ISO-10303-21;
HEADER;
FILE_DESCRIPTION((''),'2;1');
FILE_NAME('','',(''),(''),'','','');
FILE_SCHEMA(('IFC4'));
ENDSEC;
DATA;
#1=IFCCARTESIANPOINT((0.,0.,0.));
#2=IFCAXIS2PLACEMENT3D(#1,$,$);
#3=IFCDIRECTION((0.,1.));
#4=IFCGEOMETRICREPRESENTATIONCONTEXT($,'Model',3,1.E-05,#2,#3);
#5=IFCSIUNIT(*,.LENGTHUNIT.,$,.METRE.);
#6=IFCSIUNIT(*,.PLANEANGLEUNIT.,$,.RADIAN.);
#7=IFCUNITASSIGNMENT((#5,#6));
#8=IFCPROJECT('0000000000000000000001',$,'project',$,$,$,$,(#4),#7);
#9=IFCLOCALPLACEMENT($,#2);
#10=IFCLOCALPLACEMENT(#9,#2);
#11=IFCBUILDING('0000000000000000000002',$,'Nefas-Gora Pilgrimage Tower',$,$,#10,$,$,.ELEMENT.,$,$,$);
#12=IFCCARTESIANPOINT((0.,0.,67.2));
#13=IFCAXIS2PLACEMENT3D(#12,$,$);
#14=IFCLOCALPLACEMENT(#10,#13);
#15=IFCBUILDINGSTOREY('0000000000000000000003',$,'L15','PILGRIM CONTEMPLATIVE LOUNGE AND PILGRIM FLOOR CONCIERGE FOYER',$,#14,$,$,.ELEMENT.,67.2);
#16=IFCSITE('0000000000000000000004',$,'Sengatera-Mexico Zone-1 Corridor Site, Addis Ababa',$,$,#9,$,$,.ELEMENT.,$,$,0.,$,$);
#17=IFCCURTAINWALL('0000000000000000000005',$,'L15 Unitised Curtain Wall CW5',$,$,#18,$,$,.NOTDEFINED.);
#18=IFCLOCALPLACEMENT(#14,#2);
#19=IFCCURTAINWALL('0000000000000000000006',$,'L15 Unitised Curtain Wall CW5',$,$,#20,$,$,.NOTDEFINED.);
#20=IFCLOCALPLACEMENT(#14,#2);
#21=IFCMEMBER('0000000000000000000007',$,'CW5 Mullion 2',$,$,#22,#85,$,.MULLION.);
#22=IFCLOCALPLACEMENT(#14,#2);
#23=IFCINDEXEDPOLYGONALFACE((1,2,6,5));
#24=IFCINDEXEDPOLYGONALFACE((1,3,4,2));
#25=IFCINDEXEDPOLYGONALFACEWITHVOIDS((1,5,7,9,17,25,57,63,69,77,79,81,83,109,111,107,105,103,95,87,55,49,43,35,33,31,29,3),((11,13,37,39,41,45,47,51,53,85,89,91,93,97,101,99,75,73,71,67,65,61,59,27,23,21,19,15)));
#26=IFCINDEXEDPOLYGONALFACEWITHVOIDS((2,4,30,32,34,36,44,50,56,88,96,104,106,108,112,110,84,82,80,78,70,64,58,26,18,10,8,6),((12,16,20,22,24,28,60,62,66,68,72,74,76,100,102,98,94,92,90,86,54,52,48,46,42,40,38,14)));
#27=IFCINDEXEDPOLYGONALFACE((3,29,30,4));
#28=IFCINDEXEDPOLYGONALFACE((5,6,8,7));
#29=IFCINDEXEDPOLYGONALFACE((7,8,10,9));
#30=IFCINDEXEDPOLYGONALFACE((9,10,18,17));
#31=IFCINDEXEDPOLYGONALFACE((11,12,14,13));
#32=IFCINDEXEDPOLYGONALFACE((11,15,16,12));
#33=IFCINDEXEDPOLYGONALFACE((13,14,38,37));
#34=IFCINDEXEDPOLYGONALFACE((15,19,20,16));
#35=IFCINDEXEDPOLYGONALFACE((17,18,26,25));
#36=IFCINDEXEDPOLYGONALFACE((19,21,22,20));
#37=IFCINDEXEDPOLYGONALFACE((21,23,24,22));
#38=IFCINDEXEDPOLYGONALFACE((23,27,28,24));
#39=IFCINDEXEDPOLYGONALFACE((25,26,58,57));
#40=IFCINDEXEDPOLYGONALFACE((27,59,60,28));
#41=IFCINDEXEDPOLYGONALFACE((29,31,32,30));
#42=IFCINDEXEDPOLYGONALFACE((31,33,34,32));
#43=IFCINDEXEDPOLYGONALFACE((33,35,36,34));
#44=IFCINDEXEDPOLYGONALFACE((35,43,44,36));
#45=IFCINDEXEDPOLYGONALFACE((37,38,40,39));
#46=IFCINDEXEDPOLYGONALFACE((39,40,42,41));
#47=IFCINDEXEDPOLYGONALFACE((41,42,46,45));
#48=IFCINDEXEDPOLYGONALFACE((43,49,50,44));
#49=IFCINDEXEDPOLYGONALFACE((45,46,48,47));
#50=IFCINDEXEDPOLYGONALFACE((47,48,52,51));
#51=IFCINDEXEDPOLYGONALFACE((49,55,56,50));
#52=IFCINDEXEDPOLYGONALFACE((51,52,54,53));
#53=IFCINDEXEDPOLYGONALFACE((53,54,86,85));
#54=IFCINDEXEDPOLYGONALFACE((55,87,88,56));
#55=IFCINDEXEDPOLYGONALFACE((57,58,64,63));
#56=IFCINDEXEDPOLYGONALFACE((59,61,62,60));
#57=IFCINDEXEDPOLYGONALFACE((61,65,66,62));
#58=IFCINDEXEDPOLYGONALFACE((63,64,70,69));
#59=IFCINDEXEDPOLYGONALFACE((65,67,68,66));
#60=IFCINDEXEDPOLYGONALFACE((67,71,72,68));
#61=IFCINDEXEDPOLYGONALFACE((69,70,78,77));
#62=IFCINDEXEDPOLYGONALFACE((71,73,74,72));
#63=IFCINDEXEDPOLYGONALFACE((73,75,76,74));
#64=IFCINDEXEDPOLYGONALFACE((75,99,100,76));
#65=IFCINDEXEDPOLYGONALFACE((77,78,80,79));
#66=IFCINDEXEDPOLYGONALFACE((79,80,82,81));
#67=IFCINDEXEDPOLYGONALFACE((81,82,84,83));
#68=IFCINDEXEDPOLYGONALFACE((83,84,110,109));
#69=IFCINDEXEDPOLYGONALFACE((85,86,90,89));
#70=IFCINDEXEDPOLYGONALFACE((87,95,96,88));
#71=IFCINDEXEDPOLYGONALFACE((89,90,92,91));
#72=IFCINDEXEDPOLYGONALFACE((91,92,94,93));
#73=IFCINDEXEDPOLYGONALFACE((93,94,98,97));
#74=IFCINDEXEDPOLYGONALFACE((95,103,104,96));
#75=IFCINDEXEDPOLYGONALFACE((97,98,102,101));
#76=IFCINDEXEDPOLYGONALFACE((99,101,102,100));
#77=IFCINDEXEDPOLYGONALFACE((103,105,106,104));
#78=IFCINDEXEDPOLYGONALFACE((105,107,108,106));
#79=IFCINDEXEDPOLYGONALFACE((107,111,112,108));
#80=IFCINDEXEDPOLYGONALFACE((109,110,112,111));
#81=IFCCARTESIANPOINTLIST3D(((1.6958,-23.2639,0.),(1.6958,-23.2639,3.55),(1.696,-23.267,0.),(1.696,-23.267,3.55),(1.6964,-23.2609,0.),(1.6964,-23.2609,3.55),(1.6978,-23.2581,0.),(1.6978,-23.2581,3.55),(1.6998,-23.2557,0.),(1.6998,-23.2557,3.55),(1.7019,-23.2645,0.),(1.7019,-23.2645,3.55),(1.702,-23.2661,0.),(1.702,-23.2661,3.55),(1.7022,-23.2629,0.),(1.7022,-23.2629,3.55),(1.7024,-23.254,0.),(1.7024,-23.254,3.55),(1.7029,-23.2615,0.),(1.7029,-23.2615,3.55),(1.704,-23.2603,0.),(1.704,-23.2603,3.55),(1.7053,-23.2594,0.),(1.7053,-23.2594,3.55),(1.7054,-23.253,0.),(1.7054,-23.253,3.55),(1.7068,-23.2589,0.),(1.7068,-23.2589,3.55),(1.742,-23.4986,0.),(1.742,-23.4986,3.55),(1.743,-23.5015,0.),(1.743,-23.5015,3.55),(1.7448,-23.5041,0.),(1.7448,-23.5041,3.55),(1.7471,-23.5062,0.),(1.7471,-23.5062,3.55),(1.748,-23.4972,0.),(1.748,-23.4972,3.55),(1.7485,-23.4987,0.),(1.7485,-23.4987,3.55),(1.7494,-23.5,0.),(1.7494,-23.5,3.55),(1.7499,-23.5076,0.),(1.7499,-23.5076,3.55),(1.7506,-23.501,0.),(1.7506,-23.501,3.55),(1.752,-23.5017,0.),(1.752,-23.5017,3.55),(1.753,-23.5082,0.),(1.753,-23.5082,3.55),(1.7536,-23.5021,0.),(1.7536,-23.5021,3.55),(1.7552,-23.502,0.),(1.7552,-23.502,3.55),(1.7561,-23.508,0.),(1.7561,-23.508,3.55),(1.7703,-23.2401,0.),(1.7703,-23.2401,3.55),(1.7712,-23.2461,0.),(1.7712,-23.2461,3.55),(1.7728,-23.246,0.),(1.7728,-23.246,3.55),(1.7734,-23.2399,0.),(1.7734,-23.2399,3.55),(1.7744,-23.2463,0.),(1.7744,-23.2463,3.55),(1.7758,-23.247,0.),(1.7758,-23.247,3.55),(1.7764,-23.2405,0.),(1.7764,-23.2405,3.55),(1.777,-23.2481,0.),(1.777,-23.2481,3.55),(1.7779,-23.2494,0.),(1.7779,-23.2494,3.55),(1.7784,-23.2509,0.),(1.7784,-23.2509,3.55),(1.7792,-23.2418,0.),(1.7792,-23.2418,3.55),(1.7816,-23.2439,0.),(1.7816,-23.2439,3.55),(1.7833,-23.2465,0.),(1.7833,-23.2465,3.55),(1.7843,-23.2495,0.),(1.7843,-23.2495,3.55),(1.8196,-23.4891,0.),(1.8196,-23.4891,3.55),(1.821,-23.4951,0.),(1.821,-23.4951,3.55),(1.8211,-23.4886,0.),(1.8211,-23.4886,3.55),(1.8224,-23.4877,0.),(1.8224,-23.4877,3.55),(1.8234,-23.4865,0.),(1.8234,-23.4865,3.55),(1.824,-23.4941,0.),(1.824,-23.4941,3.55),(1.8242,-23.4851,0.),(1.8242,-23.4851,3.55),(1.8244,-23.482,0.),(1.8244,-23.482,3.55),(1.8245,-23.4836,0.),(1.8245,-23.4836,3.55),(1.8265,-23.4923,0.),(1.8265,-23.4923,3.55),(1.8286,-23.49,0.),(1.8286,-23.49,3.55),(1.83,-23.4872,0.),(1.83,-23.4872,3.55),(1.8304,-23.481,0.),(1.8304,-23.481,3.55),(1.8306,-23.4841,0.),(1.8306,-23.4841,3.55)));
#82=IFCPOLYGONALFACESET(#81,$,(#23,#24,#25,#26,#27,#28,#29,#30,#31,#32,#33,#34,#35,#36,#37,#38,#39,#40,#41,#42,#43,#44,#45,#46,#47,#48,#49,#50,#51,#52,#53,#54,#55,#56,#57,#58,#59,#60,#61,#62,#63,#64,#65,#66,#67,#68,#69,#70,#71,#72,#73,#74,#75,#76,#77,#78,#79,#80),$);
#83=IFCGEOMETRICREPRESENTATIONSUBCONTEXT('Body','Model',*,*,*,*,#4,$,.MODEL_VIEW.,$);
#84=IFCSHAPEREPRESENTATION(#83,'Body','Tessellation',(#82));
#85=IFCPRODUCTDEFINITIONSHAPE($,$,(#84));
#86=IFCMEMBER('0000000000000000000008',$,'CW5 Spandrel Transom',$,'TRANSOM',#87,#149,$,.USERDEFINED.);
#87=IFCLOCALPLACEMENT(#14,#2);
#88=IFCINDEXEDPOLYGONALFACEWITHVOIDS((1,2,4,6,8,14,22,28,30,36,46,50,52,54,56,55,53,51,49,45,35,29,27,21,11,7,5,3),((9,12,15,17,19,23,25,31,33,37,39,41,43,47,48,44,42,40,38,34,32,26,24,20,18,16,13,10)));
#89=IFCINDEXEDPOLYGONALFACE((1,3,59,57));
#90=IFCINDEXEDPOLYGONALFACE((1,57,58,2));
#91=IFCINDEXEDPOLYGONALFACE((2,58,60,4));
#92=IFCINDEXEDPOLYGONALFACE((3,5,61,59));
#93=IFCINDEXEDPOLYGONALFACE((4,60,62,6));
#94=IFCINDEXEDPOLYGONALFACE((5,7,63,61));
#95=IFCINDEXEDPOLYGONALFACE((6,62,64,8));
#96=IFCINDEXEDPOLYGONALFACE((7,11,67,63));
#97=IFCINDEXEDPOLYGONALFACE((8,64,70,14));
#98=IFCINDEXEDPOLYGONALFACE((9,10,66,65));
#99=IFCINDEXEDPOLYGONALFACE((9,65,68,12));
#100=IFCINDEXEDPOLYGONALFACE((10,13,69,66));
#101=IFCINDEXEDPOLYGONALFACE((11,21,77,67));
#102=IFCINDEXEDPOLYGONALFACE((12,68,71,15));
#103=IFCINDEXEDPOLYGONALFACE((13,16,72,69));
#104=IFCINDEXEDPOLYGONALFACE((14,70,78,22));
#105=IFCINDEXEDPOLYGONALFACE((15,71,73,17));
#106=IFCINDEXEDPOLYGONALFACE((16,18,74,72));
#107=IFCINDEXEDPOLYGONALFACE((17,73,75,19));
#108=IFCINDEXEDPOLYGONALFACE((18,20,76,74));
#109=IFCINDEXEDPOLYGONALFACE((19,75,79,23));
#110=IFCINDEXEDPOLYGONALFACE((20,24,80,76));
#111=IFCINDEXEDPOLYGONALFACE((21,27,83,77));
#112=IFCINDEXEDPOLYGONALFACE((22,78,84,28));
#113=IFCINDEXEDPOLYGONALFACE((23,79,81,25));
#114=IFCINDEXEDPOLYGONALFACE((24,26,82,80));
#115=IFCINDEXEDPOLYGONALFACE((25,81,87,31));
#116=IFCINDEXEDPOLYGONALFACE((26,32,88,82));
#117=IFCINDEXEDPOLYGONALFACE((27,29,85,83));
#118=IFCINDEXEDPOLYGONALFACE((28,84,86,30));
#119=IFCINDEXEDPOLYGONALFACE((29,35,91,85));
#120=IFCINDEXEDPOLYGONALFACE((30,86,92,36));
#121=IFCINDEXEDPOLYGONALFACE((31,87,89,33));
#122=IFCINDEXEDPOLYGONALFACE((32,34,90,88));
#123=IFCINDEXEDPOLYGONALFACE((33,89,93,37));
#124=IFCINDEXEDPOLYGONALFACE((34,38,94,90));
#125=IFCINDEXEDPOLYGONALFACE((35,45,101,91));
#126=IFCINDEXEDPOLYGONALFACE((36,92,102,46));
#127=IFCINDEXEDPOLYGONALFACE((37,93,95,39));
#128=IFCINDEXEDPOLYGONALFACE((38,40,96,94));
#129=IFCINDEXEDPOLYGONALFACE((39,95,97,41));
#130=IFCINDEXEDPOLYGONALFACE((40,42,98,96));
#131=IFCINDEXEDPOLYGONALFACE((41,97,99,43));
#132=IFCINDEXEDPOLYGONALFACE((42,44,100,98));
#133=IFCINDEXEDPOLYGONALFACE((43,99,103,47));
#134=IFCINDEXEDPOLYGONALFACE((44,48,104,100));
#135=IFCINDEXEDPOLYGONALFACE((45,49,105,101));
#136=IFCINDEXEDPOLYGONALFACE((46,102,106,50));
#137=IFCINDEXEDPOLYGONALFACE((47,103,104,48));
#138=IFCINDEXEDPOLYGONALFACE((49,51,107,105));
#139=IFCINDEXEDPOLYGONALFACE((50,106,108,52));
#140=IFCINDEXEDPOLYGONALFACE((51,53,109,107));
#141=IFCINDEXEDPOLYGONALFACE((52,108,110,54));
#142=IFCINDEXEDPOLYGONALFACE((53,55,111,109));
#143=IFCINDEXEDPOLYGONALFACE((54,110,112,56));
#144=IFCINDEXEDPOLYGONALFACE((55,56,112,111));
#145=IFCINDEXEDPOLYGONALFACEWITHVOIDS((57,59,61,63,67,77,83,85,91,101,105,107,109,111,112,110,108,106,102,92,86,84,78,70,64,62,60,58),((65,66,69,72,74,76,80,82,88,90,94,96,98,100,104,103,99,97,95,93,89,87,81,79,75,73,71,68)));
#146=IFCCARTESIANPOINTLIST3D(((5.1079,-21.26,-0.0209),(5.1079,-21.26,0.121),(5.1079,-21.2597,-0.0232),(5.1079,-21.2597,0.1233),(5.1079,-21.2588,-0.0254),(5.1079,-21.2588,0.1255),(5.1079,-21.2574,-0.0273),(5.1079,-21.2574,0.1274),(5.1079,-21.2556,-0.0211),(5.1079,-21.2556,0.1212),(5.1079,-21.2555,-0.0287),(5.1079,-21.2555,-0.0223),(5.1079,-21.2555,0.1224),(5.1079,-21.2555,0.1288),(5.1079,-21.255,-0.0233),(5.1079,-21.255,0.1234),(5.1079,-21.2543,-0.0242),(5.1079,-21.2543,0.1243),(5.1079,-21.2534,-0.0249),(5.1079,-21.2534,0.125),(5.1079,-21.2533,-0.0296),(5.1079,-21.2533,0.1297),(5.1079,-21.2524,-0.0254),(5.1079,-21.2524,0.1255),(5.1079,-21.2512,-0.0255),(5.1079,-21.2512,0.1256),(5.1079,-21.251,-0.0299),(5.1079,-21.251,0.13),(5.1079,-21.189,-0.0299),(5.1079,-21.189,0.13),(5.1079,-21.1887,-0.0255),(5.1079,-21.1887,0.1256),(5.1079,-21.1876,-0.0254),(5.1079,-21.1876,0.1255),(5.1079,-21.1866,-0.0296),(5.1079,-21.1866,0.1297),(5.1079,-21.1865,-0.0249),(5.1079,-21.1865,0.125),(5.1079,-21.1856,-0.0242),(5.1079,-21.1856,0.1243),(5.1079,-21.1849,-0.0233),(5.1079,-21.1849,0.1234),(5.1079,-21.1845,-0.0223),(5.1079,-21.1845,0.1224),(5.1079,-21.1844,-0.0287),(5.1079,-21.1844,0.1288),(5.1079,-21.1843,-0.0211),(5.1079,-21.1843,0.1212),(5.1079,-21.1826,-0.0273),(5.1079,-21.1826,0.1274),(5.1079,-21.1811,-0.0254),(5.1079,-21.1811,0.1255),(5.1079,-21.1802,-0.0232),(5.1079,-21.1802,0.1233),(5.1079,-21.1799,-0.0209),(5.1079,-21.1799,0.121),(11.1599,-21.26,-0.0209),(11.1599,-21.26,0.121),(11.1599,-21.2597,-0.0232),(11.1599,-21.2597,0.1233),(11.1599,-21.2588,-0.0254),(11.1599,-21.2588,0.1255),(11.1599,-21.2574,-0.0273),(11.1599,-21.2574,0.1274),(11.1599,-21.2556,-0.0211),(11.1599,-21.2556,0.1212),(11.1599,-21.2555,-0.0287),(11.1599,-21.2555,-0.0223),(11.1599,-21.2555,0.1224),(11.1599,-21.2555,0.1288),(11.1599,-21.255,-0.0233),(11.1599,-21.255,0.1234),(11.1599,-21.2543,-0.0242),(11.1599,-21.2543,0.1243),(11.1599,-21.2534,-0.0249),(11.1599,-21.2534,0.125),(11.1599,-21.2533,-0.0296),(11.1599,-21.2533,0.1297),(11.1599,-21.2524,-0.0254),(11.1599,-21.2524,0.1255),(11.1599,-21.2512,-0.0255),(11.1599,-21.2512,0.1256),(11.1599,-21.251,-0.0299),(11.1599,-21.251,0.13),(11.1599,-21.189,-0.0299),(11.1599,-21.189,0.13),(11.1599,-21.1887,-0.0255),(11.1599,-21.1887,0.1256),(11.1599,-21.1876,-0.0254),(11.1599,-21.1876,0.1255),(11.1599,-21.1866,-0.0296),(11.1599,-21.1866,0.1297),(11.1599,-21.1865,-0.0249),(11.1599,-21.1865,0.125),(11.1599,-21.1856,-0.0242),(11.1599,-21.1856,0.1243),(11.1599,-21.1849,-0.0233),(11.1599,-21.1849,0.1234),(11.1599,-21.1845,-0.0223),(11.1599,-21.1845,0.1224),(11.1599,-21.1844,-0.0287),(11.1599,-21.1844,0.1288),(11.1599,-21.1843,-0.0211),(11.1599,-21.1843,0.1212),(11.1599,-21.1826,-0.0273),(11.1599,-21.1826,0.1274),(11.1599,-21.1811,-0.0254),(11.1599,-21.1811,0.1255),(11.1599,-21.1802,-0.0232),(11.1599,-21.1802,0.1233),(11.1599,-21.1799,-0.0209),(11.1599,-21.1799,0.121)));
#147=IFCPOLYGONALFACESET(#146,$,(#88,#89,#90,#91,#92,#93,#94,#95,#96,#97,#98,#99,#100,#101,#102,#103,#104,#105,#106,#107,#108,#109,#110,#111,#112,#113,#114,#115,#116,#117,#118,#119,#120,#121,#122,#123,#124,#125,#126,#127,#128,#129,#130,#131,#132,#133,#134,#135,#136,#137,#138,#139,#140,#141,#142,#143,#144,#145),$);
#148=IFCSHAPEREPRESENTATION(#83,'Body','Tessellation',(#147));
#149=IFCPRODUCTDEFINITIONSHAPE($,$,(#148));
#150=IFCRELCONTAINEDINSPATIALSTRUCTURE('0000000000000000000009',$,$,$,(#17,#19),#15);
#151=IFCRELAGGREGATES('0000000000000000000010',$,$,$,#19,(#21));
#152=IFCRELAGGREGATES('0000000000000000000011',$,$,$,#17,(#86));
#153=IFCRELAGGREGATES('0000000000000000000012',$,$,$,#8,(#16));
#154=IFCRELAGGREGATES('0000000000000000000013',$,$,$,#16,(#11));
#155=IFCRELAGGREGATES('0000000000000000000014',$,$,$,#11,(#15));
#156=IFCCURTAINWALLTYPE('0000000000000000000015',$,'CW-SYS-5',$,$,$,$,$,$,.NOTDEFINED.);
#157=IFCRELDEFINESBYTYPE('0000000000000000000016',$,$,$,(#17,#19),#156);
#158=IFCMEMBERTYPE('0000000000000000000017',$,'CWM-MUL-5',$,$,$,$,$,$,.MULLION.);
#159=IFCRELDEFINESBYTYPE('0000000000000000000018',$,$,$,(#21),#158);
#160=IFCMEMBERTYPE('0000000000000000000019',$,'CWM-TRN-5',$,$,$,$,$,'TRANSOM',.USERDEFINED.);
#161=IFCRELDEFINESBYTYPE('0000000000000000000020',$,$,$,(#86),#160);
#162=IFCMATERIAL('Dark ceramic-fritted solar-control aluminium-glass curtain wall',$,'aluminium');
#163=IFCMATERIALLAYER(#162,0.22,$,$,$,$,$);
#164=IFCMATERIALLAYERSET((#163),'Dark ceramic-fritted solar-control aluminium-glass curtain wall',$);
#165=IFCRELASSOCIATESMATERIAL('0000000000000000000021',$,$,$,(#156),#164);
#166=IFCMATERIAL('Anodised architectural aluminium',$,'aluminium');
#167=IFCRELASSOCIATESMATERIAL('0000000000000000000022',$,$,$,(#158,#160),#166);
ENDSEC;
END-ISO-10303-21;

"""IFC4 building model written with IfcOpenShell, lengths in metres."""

from ifc_helpers import new_model, si_unit, direction, frame, origin, origin_2d, place, context, subcontext, project, spatial, hollow_rectangle, extrude, source, transform, mapped, material, layer, layer_set, material_profile, profile_set, type_object, element, aggregate, save


model = new_model("IFC4")

# Units and contexts
model_context = context("Model", 3, precision=1e-05, world=origin(), true_north=direction((0.0, 1.0)))
body_context = subcontext(model_context, "Body", "Model", "MODEL_VIEW")
ifc_project = project(units=[si_unit("LENGTHUNIT", "METRE"), si_unit("PLANEANGLEUNIT", "RADIAN")], contexts=[model_context])

# Site, building, storey
site_placement = place(None, origin())
site = spatial("IfcSite", under=ifc_project, at=site_placement, Name="Sengatera-Mexico Zone-1 Corridor Site, Addis Ababa", CompositionType="ELEMENT", RefElevation=0.0)
building_placement = place(site_placement, origin())
building = spatial("IfcBuilding", under=site, at=building_placement, Name="Nefas-Gora Pilgrimage Tower", CompositionType="ELEMENT")
storey_placement = place(building_placement, frame((0.0, 0.0, 67.2)))
storey = spatial("IfcBuildingStorey", under=building, at=storey_placement, Name="L15", Description="PILGRIM CONTEMPLATIVE LOUNGE AND PILGRIM FLOOR CONCIERGE FOYER", CompositionType="ELEMENT", Elevation=67.2)

# Curtain wall
ifc_material_1 = material(Name="Dark ceramic-fritted solar-control aluminium-glass curtain wall", Category="aluminium")
ifc_layer_1 = layer(ifc_material_1, 0.22)
ifc_layer_set_1 = layer_set([ifc_layer_1], Name="Dark ceramic-fritted solar-control aluminium-glass curtain wall")
curtain_wall_type_1 = type_object("IfcCurtainWallType", Name="CW-SYS-5", PredefinedType="NOTDEFINED", material=ifc_layer_set_1)
curtain_wall_1_placement = place(storey_placement, origin())
curtain_wall_1 = element("IfcCurtainWall", 1, at=curtain_wall_1_placement, inside=storey, type_object=curtain_wall_type_1, Name="L15 Unitised Curtain Wall CW5", PredefinedType="NOTDEFINED")
ifc_material_2 = material(Name="Anodised architectural aluminium", Category="aluminium")
ifc_material_profile_1 = material_profile(ifc_material_2, hollow_rectangle(XDim=0.0901, YDim=0.26, WallThickness=0.0061, InnerFilletRadius=0.0061, OuterFilletRadius=0.012, at=origin_2d()), Name="ALU MULLION 90x260")
ifc_profile_set_1 = profile_set([ifc_material_profile_1], Name="Anodised architectural aluminium")
member_type_1 = type_object("IfcMemberType", Name="CWM-MUL-5", PredefinedType="MULLION", material=ifc_profile_set_1)
shared_shape_1 = source(origin(), body_context, "Body", "SweptSolid", [
    extrude(hollow_rectangle(XDim=0.0901, YDim=0.26, WallThickness=0.0061, InnerFilletRadius=0.0061, OuterFilletRadius=0.012, at=origin_2d()), origin(), (0.0, 0.0, 1.0), 3.55),
])

# Curtain wall, member
curtain_wall_2_placement = place(storey_placement, origin())
curtain_wall_2 = element("IfcCurtainWall", 2, at=curtain_wall_2_placement, inside=storey, type_object=curtain_wall_type_1, Name="L15 Unitised Curtain Wall CW5", PredefinedType="NOTDEFINED")
member_1_placement = place(storey_placement, frame((1.7632, -23.374, 0.0), z_axis=(0.0, 0.0, 1.0), x_axis=(0.980783, 0.195102, 0.0)))
member_1 = element("IfcMember", 3, at=member_1_placement, type_object=member_type_1, Name="CW5 Mullion 2", PredefinedType="MULLION", context=body_context, shape_type="MappedRepresentation", body=[
    mapped(shared_shape_1, transform((0.0, 0.0, 0.0), x_axis=(1.0, 0.0, 0.0), y_axis=(0.0, 1.0, 0.0), z_axis=(0.0, 0.0, 1.0), scale=1.0)),
])
aggregate(curtain_wall_2, [member_1])

# Member
ifc_material_profile_2 = material_profile(ifc_material_2, hollow_rectangle(XDim=0.0801, YDim=0.1599, WallThickness=0.0044, InnerFilletRadius=0.0044, OuterFilletRadius=0.009, at=origin_2d()), Name="ALU TRANSOM 80x160")
ifc_profile_set_2 = profile_set([ifc_material_profile_2], Name="Anodised architectural aluminium")
member_type_2 = type_object("IfcMemberType", Name="CWM-TRN-5", ElementType="TRANSOM", PredefinedType="USERDEFINED", material=ifc_profile_set_2)
shared_shape_2 = source(origin(), body_context, "Body", "SweptSolid", [
    extrude(hollow_rectangle(XDim=0.0801, YDim=0.1599, WallThickness=0.0044, InnerFilletRadius=0.0044, OuterFilletRadius=0.009, at=origin_2d()), origin(), (0.0, 0.0, 1.0), 6.052),
])
member_2_placement = place(storey_placement, frame((5.1079, -21.22, 0.05), z_axis=(1.0, 0.0, 0.0), x_axis=(0.0, 1.0, 0.0)))
member_2 = element("IfcMember", 4, at=member_2_placement, type_object=member_type_2, Name="CW5 Spandrel Transom", ObjectType="TRANSOM", PredefinedType="USERDEFINED", context=body_context, shape_type="MappedRepresentation", body=[
    mapped(shared_shape_2, transform((0.0, 0.0, 0.0), x_axis=(1.0, 0.0, 0.0), y_axis=(0.0, 1.0, 0.0), z_axis=(0.0, 0.0, 1.0), scale=1.0)),
])

aggregate(curtain_wall_1, [member_2])

save(model, "model.ifc")
